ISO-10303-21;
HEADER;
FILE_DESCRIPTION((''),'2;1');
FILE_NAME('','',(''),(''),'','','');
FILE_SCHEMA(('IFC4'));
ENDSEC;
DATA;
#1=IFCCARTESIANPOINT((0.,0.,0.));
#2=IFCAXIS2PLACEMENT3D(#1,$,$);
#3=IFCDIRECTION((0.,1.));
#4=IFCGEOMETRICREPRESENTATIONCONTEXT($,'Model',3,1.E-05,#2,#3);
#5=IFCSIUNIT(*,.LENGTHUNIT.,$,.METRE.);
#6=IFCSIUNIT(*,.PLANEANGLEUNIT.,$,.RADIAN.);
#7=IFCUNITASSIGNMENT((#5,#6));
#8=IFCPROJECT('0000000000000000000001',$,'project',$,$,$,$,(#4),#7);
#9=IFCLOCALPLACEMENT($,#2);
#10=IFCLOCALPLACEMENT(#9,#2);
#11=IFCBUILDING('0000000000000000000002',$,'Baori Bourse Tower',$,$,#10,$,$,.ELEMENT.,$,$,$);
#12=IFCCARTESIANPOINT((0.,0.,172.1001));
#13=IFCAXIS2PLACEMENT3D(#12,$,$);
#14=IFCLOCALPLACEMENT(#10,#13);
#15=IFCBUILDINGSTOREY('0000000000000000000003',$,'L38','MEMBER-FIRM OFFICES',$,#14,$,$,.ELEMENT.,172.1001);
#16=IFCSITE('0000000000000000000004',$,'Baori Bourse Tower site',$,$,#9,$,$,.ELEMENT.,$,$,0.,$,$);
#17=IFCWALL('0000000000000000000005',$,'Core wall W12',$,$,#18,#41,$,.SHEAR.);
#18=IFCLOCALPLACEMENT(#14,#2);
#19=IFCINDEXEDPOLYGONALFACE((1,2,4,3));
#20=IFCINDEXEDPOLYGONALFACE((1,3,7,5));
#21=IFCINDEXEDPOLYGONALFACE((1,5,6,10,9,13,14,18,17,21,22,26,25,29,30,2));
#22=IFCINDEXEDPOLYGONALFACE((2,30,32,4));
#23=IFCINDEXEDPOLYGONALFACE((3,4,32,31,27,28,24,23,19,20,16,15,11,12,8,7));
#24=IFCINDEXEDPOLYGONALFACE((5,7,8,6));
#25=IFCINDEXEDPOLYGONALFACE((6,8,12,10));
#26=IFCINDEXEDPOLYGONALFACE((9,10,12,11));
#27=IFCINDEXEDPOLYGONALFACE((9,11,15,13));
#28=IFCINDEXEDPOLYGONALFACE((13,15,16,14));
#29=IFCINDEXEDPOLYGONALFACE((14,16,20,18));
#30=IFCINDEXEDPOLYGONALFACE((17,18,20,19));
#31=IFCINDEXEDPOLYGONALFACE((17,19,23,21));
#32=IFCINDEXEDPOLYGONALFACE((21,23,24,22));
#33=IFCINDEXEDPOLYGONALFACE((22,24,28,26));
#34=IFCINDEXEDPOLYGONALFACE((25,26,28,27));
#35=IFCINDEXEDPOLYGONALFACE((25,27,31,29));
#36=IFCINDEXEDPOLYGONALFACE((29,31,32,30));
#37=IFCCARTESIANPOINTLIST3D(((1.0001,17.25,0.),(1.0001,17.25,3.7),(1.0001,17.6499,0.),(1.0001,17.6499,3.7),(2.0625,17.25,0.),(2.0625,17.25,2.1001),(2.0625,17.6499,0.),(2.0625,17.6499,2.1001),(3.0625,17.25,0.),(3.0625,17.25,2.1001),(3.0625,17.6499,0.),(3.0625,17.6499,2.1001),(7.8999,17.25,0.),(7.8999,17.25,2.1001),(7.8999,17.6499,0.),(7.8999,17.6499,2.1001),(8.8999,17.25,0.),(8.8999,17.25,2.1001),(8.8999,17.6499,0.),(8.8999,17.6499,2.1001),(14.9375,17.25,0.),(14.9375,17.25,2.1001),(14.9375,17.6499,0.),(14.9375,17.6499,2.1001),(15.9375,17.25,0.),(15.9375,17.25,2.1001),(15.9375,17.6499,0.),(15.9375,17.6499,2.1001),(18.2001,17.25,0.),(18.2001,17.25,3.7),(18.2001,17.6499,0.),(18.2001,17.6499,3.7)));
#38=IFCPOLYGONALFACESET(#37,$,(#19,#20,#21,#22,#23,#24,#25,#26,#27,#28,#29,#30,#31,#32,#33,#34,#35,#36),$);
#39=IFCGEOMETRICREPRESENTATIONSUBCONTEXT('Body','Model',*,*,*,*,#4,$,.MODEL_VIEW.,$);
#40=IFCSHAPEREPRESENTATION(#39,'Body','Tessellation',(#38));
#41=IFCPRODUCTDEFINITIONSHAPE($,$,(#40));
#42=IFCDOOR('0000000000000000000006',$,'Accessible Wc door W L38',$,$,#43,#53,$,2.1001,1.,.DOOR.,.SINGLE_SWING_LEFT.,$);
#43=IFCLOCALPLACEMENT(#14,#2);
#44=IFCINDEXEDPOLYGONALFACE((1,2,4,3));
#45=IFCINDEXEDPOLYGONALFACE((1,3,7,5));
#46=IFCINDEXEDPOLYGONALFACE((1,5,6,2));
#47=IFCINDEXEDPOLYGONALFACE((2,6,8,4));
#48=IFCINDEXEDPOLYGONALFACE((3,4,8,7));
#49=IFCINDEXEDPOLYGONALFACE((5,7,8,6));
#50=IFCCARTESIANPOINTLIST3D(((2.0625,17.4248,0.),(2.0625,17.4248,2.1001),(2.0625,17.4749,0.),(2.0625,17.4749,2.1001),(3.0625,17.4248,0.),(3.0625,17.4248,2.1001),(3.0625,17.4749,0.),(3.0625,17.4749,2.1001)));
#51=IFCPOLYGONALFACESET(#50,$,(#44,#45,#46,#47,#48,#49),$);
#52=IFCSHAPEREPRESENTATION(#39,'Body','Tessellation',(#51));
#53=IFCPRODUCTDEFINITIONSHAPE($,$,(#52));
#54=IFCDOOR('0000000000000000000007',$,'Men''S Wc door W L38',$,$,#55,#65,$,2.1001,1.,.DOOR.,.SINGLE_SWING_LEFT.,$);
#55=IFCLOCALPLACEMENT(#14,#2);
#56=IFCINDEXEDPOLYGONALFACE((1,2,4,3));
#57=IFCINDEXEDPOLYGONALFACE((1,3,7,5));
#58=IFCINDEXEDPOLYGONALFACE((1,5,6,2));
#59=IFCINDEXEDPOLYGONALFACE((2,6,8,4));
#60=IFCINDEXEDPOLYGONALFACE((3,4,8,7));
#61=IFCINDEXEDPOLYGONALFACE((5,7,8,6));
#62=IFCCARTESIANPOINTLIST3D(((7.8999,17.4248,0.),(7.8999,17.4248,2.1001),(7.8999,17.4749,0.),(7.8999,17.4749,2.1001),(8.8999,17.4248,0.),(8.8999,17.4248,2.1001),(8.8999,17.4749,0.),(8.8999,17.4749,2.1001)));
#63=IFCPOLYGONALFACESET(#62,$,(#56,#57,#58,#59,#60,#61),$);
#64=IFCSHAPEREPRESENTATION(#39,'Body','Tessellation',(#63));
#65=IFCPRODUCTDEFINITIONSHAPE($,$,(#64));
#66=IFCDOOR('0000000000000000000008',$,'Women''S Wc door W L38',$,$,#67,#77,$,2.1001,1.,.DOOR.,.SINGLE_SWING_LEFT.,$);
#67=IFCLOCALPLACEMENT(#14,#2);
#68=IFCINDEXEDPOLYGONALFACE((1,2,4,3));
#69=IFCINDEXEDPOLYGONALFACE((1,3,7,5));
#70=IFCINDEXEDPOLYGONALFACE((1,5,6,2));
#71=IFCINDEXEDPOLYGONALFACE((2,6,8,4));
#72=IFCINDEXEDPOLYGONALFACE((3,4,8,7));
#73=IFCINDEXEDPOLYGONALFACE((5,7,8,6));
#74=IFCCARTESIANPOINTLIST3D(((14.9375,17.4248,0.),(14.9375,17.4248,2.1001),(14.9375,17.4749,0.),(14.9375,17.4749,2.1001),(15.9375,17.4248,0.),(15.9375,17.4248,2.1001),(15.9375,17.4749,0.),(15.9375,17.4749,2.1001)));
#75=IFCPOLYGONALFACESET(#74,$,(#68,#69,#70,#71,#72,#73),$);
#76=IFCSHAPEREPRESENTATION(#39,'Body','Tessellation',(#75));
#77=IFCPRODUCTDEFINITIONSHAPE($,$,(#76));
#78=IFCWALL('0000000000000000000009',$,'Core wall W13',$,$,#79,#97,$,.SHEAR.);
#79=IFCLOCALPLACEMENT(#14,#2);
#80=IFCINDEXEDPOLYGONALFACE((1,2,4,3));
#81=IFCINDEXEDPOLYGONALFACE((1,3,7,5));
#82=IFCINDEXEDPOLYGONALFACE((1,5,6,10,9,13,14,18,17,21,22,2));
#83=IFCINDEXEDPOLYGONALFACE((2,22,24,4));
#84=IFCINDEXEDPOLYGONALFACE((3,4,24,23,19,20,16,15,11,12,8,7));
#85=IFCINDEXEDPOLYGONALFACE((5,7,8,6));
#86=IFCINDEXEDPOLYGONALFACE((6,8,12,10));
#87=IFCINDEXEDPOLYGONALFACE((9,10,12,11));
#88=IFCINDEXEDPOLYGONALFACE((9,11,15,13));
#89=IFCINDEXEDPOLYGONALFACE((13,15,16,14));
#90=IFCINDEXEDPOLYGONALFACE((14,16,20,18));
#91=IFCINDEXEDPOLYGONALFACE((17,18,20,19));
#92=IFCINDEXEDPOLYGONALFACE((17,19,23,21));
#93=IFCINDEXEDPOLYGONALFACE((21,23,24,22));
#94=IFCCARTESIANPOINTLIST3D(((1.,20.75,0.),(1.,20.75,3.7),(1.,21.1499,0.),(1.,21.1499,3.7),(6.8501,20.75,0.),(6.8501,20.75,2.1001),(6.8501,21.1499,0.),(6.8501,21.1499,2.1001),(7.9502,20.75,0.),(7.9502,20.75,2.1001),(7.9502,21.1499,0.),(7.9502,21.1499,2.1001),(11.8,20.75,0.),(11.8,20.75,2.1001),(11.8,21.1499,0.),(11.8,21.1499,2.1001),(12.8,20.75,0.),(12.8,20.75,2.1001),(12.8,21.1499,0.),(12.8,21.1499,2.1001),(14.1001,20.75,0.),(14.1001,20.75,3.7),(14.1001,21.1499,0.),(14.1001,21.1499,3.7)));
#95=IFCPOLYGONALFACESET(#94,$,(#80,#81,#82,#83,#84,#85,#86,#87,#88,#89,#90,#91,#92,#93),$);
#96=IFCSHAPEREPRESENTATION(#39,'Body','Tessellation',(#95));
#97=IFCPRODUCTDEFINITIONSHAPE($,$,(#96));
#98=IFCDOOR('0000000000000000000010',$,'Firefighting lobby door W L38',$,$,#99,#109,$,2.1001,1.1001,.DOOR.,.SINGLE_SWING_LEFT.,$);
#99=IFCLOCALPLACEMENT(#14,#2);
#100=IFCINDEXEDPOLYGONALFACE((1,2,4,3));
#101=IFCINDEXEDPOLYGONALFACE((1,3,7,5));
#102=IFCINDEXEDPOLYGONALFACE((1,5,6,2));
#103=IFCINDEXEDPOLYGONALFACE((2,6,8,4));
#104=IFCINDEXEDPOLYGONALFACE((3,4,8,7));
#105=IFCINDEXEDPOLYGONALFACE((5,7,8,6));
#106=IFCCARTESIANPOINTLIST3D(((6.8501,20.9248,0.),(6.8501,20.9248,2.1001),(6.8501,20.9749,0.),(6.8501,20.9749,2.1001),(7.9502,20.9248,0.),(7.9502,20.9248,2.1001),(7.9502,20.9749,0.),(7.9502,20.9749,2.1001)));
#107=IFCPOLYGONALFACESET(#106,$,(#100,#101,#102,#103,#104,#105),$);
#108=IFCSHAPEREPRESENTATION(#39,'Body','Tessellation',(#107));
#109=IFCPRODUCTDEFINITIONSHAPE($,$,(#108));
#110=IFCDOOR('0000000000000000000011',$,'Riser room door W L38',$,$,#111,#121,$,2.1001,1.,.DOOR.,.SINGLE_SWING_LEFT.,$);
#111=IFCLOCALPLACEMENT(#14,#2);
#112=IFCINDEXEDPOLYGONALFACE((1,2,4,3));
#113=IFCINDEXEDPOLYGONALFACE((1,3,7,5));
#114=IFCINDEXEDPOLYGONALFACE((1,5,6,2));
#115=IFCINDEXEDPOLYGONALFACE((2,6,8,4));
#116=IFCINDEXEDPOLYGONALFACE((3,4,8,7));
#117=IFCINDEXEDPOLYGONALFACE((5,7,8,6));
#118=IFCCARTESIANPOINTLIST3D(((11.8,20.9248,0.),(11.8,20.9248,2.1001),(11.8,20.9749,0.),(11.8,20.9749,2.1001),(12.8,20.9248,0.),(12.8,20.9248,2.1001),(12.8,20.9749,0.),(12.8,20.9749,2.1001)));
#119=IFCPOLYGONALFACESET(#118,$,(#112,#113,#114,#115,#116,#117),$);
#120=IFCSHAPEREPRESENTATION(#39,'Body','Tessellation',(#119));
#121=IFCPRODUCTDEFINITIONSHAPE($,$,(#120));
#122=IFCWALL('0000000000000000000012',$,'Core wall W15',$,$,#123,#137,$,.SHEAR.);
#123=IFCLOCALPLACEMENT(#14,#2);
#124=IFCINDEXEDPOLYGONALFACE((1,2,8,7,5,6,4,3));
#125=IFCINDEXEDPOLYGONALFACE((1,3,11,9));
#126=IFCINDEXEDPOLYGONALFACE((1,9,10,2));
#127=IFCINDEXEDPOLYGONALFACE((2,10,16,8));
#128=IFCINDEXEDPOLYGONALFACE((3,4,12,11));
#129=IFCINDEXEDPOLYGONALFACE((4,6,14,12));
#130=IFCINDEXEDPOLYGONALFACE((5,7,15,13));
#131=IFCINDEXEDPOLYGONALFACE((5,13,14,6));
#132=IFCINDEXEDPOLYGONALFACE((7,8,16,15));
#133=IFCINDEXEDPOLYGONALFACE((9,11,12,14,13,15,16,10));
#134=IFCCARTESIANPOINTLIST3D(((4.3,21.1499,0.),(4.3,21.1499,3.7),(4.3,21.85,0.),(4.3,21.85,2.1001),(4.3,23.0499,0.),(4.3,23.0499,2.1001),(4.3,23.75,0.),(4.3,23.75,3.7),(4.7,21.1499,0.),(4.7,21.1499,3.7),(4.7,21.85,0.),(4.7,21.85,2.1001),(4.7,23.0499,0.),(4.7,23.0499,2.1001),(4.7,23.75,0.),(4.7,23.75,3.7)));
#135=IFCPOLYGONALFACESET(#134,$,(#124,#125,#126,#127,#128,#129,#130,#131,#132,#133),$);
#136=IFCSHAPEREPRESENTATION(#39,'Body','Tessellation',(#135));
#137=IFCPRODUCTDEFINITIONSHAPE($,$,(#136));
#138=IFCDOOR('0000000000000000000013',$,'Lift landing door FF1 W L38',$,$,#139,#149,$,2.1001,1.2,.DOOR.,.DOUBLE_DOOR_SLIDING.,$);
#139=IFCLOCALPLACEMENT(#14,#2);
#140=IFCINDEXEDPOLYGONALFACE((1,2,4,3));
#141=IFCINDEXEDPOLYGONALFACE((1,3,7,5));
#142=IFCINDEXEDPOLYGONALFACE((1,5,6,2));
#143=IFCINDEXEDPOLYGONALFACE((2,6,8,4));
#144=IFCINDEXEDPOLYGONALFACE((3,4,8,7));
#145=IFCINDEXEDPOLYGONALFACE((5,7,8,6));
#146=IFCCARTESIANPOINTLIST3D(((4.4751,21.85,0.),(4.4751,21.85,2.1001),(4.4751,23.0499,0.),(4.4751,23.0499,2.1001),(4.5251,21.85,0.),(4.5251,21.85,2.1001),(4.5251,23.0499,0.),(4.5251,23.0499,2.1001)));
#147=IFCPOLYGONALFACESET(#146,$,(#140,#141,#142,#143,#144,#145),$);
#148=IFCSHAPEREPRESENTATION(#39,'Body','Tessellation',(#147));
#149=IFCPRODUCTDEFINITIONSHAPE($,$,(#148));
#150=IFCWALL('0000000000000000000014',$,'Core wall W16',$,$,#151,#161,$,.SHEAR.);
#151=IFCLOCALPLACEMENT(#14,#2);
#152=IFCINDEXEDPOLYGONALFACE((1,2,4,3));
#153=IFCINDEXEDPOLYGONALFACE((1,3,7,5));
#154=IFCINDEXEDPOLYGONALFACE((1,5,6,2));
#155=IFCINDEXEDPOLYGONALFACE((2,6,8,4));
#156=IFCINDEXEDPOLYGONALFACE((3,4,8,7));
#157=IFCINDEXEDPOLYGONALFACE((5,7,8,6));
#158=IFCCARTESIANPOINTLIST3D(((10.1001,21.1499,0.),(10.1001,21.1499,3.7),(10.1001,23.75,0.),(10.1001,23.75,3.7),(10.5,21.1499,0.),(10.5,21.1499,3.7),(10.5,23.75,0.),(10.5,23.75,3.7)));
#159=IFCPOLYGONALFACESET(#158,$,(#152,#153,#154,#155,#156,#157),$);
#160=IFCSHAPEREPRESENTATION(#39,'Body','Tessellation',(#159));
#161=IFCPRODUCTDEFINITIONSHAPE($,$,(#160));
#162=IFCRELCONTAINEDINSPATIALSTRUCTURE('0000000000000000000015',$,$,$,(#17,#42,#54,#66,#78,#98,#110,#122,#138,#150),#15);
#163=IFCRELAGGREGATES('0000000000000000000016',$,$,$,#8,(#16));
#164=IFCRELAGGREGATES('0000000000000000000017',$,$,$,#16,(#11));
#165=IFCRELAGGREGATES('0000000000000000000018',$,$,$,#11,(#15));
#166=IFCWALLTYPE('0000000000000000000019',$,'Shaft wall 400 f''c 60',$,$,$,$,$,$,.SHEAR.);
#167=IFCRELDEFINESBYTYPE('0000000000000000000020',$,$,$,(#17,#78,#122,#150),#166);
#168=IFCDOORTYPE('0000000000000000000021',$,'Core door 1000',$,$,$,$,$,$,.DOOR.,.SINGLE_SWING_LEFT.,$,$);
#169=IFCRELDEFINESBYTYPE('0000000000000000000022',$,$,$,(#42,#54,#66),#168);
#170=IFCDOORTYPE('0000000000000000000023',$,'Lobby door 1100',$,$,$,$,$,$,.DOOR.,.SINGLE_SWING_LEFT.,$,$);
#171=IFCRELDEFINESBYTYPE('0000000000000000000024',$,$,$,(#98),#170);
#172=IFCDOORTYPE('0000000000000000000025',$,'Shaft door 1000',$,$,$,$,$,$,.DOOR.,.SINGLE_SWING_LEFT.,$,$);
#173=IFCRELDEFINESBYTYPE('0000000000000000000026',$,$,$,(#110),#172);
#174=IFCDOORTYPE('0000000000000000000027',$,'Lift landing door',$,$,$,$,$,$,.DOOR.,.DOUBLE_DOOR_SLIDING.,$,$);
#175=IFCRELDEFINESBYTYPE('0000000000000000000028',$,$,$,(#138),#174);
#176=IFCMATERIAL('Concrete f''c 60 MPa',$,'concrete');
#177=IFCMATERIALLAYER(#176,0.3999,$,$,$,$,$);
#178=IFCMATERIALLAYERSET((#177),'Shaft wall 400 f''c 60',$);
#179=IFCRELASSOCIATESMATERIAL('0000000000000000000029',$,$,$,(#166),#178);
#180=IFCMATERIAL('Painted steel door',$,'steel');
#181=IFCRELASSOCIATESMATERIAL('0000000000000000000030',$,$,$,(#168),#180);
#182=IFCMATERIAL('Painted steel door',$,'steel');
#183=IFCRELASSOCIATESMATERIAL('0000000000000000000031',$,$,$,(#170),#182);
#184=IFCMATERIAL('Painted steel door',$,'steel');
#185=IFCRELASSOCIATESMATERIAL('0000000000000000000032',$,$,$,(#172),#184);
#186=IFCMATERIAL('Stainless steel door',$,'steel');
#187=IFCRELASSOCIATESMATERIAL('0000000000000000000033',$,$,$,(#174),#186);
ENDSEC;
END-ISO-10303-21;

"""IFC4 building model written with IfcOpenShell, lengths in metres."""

from ifc_helpers import new_model, si_unit, direction, frame, frame_2d, origin, place, context, subcontext, project, spatial, rectangle, extrude, material, layer, layer_set, type_object, element, fill, save


model = new_model("IFC4")

# Units and contexts
model_context = context("Model", 3, precision=1e-05, world=origin(), true_north=direction((0.0, 1.0)))
body_context = subcontext(model_context, "Body", "Model", "MODEL_VIEW")
ifc_project = project(units=[si_unit("LENGTHUNIT", "METRE"), si_unit("PLANEANGLEUNIT", "RADIAN")], contexts=[model_context])

# Site, building, storey
site_placement = place(None, origin())
site = spatial("IfcSite", under=ifc_project, at=site_placement, Name="Baori Bourse Tower site", CompositionType="ELEMENT", RefElevation=0.0)
building_placement = place(site_placement, origin())
building = spatial("IfcBuilding", under=site, at=building_placement, Name="Baori Bourse Tower", CompositionType="ELEMENT")
storey_placement = place(building_placement, frame((0.0, 0.0, 172.1001)))
storey = spatial("IfcBuildingStorey", under=building, at=storey_placement, Name="L38", Description="MEMBER-FIRM OFFICES", CompositionType="ELEMENT", Elevation=172.1001)

# Shared definitions
ifc_material_1 = material(Name="Concrete f'c 60 MPa", Category="concrete")
ifc_layer_1 = layer(ifc_material_1, 0.3999)
ifc_layer_set_1 = layer_set([ifc_layer_1], Name="Shaft wall 400 f'c 60")
wall_type_1 = type_object("IfcWallType", Name="Shaft wall 400 f'c 60", PredefinedType="SHEAR", material=ifc_layer_set_1)

# Walls, openings, doors
wall_1_placement = place(storey_placement, frame((1.0, 17.45, 0.0), z_axis=(0.0, 0.0, 1.0), x_axis=(1.0, 0.0, 0.0)))
wall_1 = element("IfcWall", 1, at=wall_1_placement, inside=storey, type_object=wall_type_1, Name="Core wall W12", PredefinedType="SHEAR", context=body_context, shape_type="SweptSolid", body=[
    extrude(rectangle(XDim=17.2, YDim=0.3999, at=frame_2d((8.6001, 0.0))), origin(), (0.0, 0.0, 1.0), 3.7),
])
opening_1_placement = place(wall_1_placement, frame((1.0625, 0.0, 0.0)))
opening_1 = element("IfcOpeningElement", 2, at=opening_1_placement, cuts=wall_1, PredefinedType="OPENING", context=body_context, shape_type="SweptSolid", body=[
    extrude(rectangle(XDim=1.0, YDim=2.1001, at=frame_2d((0.5, 1.05))), frame((0.0, 0.21, 0.0), z_axis=(0.0, -1.0, 0.0), x_axis=(1.0, 0.0, 0.0)), (0.0, 0.0, 1.0), 0.4199),
])
opening_2_placement = place(wall_1_placement, frame((6.8999, 0.0, 0.0)))
opening_2 = element("IfcOpeningElement", 3, at=opening_2_placement, cuts=wall_1, PredefinedType="OPENING", context=body_context, shape_type="SweptSolid", body=[
    extrude(rectangle(XDim=1.0, YDim=2.1001, at=frame_2d((0.5, 1.05))), frame((0.0, 0.21, 0.0), z_axis=(0.0, -1.0, 0.0), x_axis=(1.0, 0.0, 0.0)), (0.0, 0.0, 1.0), 0.4199),
])
opening_3_placement = place(wall_1_placement, frame((13.9375, 0.0, 0.0)))
opening_3 = element("IfcOpeningElement", 4, at=opening_3_placement, cuts=wall_1, PredefinedType="OPENING", context=body_context, shape_type="SweptSolid", body=[
    extrude(rectangle(XDim=1.0, YDim=2.1001, at=frame_2d((0.5, 1.05))), frame((0.0, 0.21, 0.0), z_axis=(0.0, -1.0, 0.0), x_axis=(1.0, 0.0, 0.0)), (0.0, 0.0, 1.0), 0.4199),
])
ifc_material_2 = material(Name="Painted steel door", Category="steel")
door_type_1 = type_object("IfcDoorType", Name="Core door 1000", OperationType="SINGLE_SWING_LEFT", PredefinedType="DOOR", material=ifc_material_2)
door_1_placement = place(opening_1_placement, origin())
door_1 = element("IfcDoor", 5, at=door_1_placement, inside=storey, type_object=door_type_1, Name="Accessible Wc door W L38", OperationType="SINGLE_SWING_LEFT", OverallHeight=2.1001, OverallWidth=1.0, PredefinedType="DOOR", context=body_context, shape_type="SweptSolid", body=[
    extrude(rectangle(XDim=1.0, YDim=2.1001, at=frame_2d((0.5, 1.05))), frame((0.0, 0.0249, 0.0), z_axis=(0.0, -1.0, 0.0), x_axis=(1.0, 0.0, 0.0)), (0.0, 0.0, 1.0), 0.05),
])
fill(opening_1, door_1)
door_2_placement = place(opening_2_placement, origin())
door_2 = element("IfcDoor", 6, at=door_2_placement, inside=storey, type_object=door_type_1, Name="Men'S Wc door W L38", OperationType="SINGLE_SWING_LEFT", OverallHeight=2.1001, OverallWidth=1.0, PredefinedType="DOOR", context=body_context, shape_type="SweptSolid", body=[
    extrude(rectangle(XDim=1.0, YDim=2.1001, at=frame_2d((0.5, 1.05))), frame((0.0, 0.0249, 0.0), z_axis=(0.0, -1.0, 0.0), x_axis=(1.0, 0.0, 0.0)), (0.0, 0.0, 1.0), 0.05),
])
fill(opening_2, door_2)
door_3_placement = place(opening_3_placement, origin())
door_3 = element("IfcDoor", 7, at=door_3_placement, inside=storey, type_object=door_type_1, Name="Women'S Wc door W L38", OperationType="SINGLE_SWING_LEFT", OverallHeight=2.1001, OverallWidth=1.0, PredefinedType="DOOR", context=body_context, shape_type="SweptSolid", body=[
    extrude(rectangle(XDim=1.0, YDim=2.1001, at=frame_2d((0.5, 1.05))), frame((0.0, 0.0249, 0.0), z_axis=(0.0, -1.0, 0.0), x_axis=(1.0, 0.0, 0.0)), (0.0, 0.0, 1.0), 0.05),
])
fill(opening_3, door_3)
wall_2_placement = place(storey_placement, frame((1.0, 20.95, 0.0), z_axis=(0.0, 0.0, 1.0), x_axis=(1.0, 0.0, 0.0)))
wall_2 = element("IfcWall", 8, at=wall_2_placement, inside=storey, type_object=wall_type_1, Name="Core wall W13", PredefinedType="SHEAR", context=body_context, shape_type="SweptSolid", body=[
    extrude(rectangle(XDim=13.1001, YDim=0.3999, at=frame_2d((6.55, 0.0))), origin(), (0.0, 0.0, 1.0), 3.7),
])
opening_4_placement = place(wall_2_placement, frame((5.8501, 0.0, 0.0)))
opening_4 = element("IfcOpeningElement", 9, at=opening_4_placement, cuts=wall_2, PredefinedType="OPENING", context=body_context, shape_type="SweptSolid", body=[
    extrude(rectangle(XDim=1.1001, YDim=2.1001, at=frame_2d((0.55, 1.05))), frame((0.0, 0.21, 0.0), z_axis=(0.0, -1.0, 0.0), x_axis=(1.0, 0.0, 0.0)), (0.0, 0.0, 1.0), 0.4199),
])
opening_5_placement = place(wall_2_placement, frame((10.8, 0.0, 0.0)))
opening_5 = element("IfcOpeningElement", 10, at=opening_5_placement, cuts=wall_2, PredefinedType="OPENING", context=body_context, shape_type="SweptSolid", body=[
    extrude(rectangle(XDim=1.0, YDim=2.1001, at=frame_2d((0.5, 1.05))), frame((0.0, 0.21, 0.0), z_axis=(0.0, -1.0, 0.0), x_axis=(1.0, 0.0, 0.0)), (0.0, 0.0, 1.0), 0.4199),
])
ifc_material_3 = material(Name="Painted steel door", Category="steel")
door_type_2 = type_object("IfcDoorType", Name="Lobby door 1100", OperationType="SINGLE_SWING_LEFT", PredefinedType="DOOR", material=ifc_material_3)
door_4_placement = place(opening_4_placement, origin())
door_4 = element("IfcDoor", 11, at=door_4_placement, inside=storey, type_object=door_type_2, Name="Firefighting lobby door W L38", OperationType="SINGLE_SWING_LEFT", OverallHeight=2.1001, OverallWidth=1.1001, PredefinedType="DOOR", context=body_context, shape_type="SweptSolid", body=[
    extrude(rectangle(XDim=1.1001, YDim=2.1001, at=frame_2d((0.55, 1.05))), frame((0.0, 0.0249, 0.0), z_axis=(0.0, -1.0, 0.0), x_axis=(1.0, 0.0, 0.0)), (0.0, 0.0, 1.0), 0.05),
])
fill(opening_4, door_4)
ifc_material_4 = material(Name="Painted steel door", Category="steel")
door_type_3 = type_object("IfcDoorType", Name="Shaft door 1000", OperationType="SINGLE_SWING_LEFT", PredefinedType="DOOR", material=ifc_material_4)
door_5_placement = place(opening_5_placement, origin())
door_5 = element("IfcDoor", 12, at=door_5_placement, inside=storey, type_object=door_type_3, Name="Riser room door W L38", OperationType="SINGLE_SWING_LEFT", OverallHeight=2.1001, OverallWidth=1.0, PredefinedType="DOOR", context=body_context, shape_type="SweptSolid", body=[
    extrude(rectangle(XDim=1.0, YDim=2.1001, at=frame_2d((0.5, 1.05))), frame((0.0, 0.0249, 0.0), z_axis=(0.0, -1.0, 0.0), x_axis=(1.0, 0.0, 0.0)), (0.0, 0.0, 1.0), 0.05),
])
fill(opening_5, door_5)

# Wall, opening, door
wall_3_placement = place(storey_placement, frame((4.5, 21.1499, 0.0), z_axis=(0.0, 0.0, 1.0), x_axis=(0.0, 1.0, 0.0)))
wall_3 = element("IfcWall", 13, at=wall_3_placement, inside=storey, type_object=wall_type_1, Name="Core wall W15", PredefinedType="SHEAR", context=body_context, shape_type="SweptSolid", body=[
    extrude(rectangle(XDim=2.6001, YDim=0.3999, at=frame_2d((1.3, 0.0))), origin(), (0.0, 0.0, 1.0), 3.7),
])
opening_6_placement = place(wall_3_placement, frame((0.7, 0.0, 0.0)))
opening_6 = element("IfcOpeningElement", 14, at=opening_6_placement, cuts=wall_3, PredefinedType="OPENING", context=body_context, shape_type="SweptSolid", body=[
    extrude(rectangle(XDim=1.2, YDim=2.1001, at=frame_2d((0.6001, 1.05))), frame((0.0, 0.21, 0.0), z_axis=(0.0, -1.0, 0.0), x_axis=(1.0, 0.0, 0.0)), (0.0, 0.0, 1.0), 0.4199),
])
ifc_material_5 = material(Name="Stainless steel door", Category="steel")
door_type_4 = type_object("IfcDoorType", Name="Lift landing door", OperationType="DOUBLE_DOOR_SLIDING", PredefinedType="DOOR", material=ifc_material_5)
door_6_placement = place(opening_6_placement, origin())
door_6 = element("IfcDoor", 15, at=door_6_placement, inside=storey, type_object=door_type_4, Name="Lift landing door FF1 W L38", OperationType="DOUBLE_DOOR_SLIDING", OverallHeight=2.1001, OverallWidth=1.2, PredefinedType="DOOR", context=body_context, shape_type="SweptSolid", body=[
    extrude(rectangle(XDim=1.2, YDim=2.1001, at=frame_2d((0.6001, 1.05))), frame((0.0, 0.0249, 0.0), z_axis=(0.0, -1.0, 0.0), x_axis=(1.0, 0.0, 0.0)), (0.0, 0.0, 1.0), 0.05),
])
fill(opening_6, door_6)

# Wall
wall_4_placement = place(storey_placement, frame((10.3, 21.1499, 0.0), z_axis=(0.0, 0.0, 1.0), x_axis=(0.0, 1.0, 0.0)))
element("IfcWall", 16, at=wall_4_placement, inside=storey, type_object=wall_type_1, Name="Core wall W16", PredefinedType="SHEAR", context=body_context, shape_type="SweptSolid", body=[
    extrude(rectangle(XDim=2.6001, YDim=0.3999, at=frame_2d((1.3, 0.0))), origin(), (0.0, 0.0, 1.0), 3.7),
])

save(model, "model.ifc")
